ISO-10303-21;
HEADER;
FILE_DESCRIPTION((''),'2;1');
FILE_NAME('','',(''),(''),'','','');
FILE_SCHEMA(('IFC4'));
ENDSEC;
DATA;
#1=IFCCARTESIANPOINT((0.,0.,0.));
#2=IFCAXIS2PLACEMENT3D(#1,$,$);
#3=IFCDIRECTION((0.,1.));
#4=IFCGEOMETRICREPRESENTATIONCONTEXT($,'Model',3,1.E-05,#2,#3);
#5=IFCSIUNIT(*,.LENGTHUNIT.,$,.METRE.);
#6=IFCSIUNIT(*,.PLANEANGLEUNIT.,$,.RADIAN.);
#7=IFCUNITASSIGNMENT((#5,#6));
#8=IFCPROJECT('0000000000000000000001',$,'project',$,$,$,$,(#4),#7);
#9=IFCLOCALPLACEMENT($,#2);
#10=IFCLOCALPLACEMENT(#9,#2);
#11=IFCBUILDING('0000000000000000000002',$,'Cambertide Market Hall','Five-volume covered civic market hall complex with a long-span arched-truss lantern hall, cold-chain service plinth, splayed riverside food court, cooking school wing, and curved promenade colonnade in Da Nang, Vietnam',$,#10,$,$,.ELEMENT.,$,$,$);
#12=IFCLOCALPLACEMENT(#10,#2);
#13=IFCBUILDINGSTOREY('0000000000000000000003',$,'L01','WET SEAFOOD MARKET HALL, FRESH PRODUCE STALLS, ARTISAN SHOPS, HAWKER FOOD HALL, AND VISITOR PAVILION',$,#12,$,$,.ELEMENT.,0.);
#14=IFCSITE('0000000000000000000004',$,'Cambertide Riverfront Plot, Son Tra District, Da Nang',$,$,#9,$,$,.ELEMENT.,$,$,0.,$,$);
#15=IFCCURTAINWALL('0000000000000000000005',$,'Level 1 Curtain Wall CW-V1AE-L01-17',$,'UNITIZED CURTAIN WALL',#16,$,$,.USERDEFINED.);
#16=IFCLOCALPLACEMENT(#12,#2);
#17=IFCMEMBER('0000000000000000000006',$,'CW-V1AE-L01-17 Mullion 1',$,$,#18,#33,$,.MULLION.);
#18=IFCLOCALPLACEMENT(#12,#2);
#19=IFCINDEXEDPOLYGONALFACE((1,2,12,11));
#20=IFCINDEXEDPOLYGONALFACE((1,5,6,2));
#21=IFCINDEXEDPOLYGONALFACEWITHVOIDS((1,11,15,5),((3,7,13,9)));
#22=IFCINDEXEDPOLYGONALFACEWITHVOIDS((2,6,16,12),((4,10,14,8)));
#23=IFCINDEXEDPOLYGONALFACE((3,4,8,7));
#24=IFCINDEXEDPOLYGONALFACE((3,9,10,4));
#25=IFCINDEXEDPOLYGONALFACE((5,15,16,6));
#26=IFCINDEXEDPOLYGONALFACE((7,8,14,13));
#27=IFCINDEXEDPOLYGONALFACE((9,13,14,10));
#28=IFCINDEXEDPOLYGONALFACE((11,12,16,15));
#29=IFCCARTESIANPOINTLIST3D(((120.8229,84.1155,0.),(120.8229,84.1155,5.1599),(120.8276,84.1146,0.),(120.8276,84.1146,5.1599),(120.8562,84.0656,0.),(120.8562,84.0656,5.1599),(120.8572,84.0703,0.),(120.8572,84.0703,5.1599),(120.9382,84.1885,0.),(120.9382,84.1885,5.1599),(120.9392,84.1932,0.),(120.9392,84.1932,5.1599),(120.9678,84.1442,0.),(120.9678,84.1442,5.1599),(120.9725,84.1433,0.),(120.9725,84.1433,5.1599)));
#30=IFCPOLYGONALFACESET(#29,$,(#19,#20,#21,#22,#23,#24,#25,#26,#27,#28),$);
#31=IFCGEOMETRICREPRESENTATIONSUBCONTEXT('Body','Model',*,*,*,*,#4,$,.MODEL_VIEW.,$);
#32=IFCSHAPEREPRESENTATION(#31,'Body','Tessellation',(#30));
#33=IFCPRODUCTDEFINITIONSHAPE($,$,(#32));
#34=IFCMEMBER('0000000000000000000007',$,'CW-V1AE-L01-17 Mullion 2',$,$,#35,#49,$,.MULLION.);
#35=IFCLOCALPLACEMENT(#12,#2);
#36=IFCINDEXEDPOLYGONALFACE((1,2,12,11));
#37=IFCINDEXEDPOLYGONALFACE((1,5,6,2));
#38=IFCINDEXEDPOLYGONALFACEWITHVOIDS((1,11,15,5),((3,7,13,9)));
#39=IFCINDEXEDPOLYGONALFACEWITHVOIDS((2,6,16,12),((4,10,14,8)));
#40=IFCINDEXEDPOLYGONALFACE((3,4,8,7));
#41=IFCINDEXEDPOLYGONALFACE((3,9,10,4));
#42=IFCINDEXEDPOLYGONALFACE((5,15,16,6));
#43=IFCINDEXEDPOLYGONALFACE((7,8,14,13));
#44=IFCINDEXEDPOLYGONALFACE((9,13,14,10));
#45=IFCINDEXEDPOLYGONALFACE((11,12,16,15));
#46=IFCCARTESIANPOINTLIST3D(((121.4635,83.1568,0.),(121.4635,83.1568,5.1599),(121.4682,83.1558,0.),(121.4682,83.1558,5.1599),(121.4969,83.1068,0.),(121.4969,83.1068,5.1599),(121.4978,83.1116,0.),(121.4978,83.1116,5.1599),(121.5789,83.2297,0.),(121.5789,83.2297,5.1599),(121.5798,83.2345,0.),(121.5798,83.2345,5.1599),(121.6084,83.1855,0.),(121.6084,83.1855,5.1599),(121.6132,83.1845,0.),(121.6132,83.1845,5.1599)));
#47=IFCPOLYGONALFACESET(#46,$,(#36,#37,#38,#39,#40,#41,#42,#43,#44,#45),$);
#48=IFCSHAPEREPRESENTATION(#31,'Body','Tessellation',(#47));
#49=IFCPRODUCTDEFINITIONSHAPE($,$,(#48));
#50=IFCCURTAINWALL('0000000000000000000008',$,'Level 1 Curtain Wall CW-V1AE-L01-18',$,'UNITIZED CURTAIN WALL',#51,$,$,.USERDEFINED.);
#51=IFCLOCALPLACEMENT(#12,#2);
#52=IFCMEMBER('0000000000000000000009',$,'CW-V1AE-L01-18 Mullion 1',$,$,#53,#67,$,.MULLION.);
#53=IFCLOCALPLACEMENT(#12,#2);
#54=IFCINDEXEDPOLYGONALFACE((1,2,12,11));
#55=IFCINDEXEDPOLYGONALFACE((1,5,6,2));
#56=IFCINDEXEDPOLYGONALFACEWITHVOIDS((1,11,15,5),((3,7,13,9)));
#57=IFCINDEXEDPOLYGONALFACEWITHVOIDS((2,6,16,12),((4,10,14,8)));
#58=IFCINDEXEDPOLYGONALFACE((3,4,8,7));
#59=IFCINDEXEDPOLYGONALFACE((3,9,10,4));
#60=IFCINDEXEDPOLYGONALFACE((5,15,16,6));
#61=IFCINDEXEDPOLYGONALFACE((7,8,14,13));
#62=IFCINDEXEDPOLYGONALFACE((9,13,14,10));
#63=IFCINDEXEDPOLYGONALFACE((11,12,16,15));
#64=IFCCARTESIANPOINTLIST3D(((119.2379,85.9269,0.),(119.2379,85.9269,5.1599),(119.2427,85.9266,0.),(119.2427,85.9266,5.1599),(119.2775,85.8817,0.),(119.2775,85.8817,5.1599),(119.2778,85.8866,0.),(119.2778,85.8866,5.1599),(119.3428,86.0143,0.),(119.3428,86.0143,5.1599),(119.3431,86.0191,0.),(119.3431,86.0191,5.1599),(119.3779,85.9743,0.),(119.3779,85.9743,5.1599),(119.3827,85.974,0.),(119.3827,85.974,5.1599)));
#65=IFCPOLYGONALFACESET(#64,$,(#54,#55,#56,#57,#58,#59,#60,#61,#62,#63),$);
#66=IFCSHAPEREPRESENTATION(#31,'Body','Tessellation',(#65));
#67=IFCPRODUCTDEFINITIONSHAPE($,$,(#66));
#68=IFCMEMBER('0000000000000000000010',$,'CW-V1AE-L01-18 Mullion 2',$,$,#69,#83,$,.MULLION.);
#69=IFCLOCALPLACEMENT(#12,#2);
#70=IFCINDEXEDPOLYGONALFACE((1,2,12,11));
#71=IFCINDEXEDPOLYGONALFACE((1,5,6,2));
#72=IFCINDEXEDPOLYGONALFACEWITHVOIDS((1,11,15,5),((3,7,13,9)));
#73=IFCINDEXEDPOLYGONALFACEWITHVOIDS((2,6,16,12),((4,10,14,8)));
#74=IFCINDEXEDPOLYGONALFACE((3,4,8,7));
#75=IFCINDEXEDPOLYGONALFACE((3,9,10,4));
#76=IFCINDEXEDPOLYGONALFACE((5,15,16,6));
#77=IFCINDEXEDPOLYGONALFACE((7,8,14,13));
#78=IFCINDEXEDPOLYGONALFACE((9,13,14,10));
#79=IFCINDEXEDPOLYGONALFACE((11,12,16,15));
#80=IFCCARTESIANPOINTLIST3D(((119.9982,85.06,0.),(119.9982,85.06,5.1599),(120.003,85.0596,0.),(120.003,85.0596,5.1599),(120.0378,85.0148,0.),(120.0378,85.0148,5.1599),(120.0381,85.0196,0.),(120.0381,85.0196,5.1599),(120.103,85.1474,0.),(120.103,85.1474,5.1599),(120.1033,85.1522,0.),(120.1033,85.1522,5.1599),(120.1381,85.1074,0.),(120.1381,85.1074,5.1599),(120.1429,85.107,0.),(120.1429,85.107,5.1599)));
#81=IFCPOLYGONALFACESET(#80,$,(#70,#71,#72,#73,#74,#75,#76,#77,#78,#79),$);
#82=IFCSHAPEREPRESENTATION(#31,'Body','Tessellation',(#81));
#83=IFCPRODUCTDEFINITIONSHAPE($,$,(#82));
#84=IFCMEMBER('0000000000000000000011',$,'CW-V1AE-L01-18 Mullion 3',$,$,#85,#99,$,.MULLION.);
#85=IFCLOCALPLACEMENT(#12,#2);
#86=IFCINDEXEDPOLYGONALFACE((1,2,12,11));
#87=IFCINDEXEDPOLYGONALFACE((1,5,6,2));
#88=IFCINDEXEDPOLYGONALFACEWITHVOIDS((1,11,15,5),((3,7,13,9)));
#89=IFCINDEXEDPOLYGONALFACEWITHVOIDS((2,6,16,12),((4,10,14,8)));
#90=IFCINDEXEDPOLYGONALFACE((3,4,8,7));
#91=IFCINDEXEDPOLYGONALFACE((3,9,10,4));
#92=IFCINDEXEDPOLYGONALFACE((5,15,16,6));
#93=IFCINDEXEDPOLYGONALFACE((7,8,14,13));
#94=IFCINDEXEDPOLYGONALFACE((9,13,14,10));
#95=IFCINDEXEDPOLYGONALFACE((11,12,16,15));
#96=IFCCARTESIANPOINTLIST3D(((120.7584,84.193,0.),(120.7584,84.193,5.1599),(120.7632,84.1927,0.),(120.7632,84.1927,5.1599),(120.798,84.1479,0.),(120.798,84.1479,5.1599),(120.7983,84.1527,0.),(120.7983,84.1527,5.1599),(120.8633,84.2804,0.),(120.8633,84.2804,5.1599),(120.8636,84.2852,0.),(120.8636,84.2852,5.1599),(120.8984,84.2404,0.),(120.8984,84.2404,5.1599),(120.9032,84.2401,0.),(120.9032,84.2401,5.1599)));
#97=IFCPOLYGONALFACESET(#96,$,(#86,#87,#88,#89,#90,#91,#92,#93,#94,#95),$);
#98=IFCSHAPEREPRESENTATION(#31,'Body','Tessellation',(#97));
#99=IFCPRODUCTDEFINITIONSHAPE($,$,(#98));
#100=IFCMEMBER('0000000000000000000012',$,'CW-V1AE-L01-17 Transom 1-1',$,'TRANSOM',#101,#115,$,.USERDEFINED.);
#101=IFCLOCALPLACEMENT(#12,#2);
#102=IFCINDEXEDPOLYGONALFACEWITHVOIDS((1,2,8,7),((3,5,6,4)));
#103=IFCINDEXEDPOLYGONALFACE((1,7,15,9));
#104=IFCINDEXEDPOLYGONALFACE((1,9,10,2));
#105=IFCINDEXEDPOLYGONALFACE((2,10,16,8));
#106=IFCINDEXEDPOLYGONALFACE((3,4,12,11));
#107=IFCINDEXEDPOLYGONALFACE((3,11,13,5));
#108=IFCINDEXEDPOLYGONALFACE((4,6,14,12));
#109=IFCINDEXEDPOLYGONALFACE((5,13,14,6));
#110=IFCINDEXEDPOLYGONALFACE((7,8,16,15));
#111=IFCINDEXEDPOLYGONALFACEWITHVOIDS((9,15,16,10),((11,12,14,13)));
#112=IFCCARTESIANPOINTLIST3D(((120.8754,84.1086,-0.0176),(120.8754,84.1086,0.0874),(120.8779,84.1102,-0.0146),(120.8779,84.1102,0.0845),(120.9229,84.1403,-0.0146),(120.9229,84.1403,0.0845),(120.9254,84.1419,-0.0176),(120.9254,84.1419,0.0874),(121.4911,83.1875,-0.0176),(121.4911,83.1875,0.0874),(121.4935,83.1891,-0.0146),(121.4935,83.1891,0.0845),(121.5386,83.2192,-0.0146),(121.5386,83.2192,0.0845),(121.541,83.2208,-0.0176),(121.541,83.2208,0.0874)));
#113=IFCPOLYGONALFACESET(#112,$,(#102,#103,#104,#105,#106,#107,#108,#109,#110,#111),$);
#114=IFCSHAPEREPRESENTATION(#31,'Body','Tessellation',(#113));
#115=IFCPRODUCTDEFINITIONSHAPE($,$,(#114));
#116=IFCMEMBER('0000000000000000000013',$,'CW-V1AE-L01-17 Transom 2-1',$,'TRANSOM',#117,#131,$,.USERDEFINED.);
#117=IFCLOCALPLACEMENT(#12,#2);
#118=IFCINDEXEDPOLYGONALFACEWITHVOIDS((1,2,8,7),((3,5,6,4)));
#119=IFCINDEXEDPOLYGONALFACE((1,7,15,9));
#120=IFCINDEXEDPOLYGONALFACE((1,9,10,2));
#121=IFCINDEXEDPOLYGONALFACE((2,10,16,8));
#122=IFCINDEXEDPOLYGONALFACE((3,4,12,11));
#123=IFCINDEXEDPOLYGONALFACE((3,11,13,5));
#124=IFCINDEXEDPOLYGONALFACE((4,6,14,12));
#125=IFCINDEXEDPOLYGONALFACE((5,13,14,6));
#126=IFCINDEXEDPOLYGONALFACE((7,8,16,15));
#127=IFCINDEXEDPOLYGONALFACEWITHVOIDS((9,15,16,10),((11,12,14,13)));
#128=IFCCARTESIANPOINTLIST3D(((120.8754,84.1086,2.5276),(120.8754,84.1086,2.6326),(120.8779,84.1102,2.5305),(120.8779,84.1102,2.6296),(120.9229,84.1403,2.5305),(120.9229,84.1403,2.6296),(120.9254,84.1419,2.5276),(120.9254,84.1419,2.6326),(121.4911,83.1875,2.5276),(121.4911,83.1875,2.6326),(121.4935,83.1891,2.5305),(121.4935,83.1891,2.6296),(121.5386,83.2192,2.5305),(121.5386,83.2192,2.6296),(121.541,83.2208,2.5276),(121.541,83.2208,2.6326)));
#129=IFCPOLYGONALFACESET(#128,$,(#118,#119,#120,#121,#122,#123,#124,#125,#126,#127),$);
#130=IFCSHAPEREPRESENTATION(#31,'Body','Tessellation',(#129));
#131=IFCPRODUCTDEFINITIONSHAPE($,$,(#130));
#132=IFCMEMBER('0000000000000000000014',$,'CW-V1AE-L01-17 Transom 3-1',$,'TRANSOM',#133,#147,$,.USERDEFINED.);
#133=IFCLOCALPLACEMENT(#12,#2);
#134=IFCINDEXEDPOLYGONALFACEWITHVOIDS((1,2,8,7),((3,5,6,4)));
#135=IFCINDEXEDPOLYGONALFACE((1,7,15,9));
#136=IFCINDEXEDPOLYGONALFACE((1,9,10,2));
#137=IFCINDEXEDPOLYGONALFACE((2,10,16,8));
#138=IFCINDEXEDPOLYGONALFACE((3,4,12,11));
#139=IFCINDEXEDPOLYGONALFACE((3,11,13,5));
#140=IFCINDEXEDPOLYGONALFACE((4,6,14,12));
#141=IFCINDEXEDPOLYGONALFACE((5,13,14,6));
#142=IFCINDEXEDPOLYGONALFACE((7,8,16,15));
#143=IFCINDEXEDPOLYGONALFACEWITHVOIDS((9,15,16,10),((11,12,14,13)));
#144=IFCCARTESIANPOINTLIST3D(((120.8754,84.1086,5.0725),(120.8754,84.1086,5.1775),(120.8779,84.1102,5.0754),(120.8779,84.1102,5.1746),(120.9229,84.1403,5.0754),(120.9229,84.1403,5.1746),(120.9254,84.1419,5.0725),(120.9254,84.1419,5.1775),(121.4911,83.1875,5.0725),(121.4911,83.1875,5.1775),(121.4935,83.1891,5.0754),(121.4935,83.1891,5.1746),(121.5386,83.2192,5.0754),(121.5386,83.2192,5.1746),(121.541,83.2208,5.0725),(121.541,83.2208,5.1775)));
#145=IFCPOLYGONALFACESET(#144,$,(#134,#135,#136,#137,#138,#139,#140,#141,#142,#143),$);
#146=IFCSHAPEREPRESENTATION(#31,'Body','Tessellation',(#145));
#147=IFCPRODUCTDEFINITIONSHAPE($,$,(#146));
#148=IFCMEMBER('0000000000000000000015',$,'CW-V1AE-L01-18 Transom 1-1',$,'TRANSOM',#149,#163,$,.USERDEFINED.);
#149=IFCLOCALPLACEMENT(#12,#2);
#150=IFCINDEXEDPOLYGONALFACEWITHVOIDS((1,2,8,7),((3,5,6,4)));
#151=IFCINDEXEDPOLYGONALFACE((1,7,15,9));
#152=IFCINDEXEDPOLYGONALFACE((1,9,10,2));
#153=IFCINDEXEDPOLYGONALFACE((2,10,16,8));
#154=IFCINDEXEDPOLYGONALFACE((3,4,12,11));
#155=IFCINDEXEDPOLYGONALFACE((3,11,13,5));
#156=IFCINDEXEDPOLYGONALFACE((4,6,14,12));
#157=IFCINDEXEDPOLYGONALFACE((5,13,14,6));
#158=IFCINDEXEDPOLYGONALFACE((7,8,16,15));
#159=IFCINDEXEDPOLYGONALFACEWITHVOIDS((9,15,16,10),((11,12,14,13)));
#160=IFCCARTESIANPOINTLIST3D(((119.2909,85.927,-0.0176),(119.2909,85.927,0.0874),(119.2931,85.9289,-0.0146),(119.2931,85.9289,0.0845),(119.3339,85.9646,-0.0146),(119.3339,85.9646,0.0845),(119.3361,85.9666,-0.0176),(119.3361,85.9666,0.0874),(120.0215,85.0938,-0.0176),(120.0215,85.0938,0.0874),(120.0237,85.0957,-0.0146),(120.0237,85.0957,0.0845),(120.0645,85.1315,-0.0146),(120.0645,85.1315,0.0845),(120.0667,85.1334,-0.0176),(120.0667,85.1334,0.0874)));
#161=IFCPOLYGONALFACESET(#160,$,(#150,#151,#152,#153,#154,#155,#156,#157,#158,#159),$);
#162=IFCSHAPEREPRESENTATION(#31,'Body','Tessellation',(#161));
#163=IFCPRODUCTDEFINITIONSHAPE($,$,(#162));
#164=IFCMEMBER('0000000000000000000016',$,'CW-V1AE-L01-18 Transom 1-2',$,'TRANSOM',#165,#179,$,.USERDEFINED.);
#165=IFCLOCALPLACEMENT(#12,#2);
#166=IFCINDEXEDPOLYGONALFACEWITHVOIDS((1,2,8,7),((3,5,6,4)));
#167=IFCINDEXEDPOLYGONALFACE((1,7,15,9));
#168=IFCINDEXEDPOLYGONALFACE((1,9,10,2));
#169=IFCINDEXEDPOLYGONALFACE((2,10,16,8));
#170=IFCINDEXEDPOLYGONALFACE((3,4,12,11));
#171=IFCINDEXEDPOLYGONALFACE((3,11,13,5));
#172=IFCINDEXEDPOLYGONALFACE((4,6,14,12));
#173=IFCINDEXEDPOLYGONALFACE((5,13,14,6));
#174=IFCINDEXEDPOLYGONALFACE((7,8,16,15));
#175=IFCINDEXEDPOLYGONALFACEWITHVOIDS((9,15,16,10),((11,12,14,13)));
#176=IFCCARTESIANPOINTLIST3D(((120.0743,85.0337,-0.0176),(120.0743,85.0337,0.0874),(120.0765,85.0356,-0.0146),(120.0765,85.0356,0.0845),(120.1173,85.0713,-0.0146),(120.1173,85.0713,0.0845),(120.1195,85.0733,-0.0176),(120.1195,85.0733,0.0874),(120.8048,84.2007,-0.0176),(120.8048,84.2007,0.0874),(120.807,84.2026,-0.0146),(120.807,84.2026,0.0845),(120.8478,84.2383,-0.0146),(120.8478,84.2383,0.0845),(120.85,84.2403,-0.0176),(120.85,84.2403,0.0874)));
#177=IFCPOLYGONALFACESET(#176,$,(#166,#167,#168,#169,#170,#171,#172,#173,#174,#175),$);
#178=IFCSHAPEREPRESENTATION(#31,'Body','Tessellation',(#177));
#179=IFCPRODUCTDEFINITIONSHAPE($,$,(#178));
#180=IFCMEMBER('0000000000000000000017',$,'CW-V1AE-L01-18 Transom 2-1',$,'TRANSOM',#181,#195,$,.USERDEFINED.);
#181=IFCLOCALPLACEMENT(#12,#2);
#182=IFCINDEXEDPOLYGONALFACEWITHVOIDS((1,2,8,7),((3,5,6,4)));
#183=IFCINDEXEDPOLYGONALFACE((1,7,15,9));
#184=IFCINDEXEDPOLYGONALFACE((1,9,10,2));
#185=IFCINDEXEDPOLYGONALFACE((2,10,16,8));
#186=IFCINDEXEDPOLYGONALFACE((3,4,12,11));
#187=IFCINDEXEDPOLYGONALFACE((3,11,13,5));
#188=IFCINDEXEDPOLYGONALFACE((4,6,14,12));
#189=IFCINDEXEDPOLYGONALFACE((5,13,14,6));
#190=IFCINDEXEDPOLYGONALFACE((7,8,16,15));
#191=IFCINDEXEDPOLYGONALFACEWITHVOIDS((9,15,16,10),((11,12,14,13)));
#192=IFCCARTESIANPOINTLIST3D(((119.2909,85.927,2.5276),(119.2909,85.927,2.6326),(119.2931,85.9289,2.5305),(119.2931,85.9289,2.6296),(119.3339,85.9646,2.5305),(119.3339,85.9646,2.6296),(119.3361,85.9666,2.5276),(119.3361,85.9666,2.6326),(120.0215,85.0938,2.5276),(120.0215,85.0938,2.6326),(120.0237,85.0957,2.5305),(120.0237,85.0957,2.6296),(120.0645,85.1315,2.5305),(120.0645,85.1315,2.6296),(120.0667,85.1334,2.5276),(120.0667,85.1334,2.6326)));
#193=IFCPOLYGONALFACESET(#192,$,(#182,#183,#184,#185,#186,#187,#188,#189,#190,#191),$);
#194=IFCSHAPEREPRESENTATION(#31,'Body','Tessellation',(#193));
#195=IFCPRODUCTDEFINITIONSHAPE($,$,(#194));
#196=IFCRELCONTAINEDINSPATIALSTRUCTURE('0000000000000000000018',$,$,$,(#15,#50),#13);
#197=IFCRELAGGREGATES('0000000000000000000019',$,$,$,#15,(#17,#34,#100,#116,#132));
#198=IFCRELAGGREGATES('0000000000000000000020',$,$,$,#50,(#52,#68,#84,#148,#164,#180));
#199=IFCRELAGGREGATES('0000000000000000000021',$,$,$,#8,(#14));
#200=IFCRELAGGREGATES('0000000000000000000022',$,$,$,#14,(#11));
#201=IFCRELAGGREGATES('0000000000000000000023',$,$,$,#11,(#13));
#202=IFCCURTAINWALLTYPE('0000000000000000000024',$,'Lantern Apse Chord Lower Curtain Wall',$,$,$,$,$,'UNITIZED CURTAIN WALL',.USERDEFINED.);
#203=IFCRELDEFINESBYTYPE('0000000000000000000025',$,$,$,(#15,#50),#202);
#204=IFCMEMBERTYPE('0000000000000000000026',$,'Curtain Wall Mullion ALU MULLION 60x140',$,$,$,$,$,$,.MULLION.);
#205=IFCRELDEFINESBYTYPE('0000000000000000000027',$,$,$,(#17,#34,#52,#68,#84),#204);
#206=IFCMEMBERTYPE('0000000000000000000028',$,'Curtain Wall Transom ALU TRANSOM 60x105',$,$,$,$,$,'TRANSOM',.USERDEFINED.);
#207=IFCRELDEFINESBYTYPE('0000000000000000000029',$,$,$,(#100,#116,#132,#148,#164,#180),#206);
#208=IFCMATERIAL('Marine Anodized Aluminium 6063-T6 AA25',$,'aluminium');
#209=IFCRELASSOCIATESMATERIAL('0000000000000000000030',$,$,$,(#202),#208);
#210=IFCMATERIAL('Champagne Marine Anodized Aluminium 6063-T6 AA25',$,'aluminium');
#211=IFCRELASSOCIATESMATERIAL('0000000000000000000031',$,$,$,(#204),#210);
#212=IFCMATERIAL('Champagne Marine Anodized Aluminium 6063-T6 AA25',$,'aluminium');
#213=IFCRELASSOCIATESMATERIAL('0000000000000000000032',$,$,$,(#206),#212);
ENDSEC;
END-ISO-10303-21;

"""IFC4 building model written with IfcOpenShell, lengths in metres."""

from ifc_helpers import new_model, si_unit, direction, frame, origin, origin_2d, place, context, subcontext, project, spatial, hollow_rectangle, extrude, material, material_profile, profile_set, type_object, element, aggregate, save


model = new_model("IFC4")

# Units and contexts
model_context = context("Model", 3, precision=1e-05, world=origin(), true_north=direction((0.0, 1.0)))
body_context = subcontext(model_context, "Body", "Model", "MODEL_VIEW")
ifc_project = project(units=[si_unit("LENGTHUNIT", "METRE"), si_unit("PLANEANGLEUNIT", "RADIAN")], contexts=[model_context])

# Site, building, storey
site_placement = place(None, origin())
site = spatial("IfcSite", under=ifc_project, at=site_placement, Name="Cambertide Riverfront Plot, Son Tra District, Da Nang", CompositionType="ELEMENT", RefElevation=0.0)
building_placement = place(site_placement, origin())
building = spatial("IfcBuilding", under=site, at=building_placement, Name="Cambertide Market Hall", Description="Five-volume covered civic market hall complex with a long-span arched-truss lantern hall, cold-chain service plinth, splayed riverside food court, cooking school wing, and curved promenade colonnade in Da Nang, Vietnam", CompositionType="ELEMENT")
storey_placement = place(building_placement, origin())
storey = spatial("IfcBuildingStorey", under=building, at=storey_placement, Name="L01", Description="WET SEAFOOD MARKET HALL, FRESH PRODUCE STALLS, ARTISAN SHOPS, HAWKER FOOD HALL, AND VISITOR PAVILION", CompositionType="ELEMENT", Elevation=0.0)

# Curtain walls, members
ifc_material_1 = material(Name="Marine Anodized Aluminium 6063-T6 AA25", Category="aluminium")
curtain_wall_type = type_object("IfcCurtainWallType", Name="Lantern Apse Chord Lower Curtain Wall", ElementType="UNITIZED CURTAIN WALL", PredefinedType="USERDEFINED", material=ifc_material_1)
curtain_wall_1_placement = place(storey_placement, origin())
curtain_wall_1 = element("IfcCurtainWall", 1, at=curtain_wall_1_placement, inside=storey, type_object=curtain_wall_type, Name="Level 1 Curtain Wall CW-V1AE-L01-17", ObjectType="UNITIZED CURTAIN WALL", PredefinedType="USERDEFINED")
ifc_material_2 = material(Name="Champagne Marine Anodized Aluminium 6063-T6 AA25", Category="aluminium")
ifc_material_profile_1 = material_profile(ifc_material_2, hollow_rectangle(XDim=0.0601, YDim=0.1399, WallThickness=0.0034, at=origin_2d()), Name="ALU MULLION 60x140")
ifc_profile_set_1 = profile_set([ifc_material_profile_1], Name="Champagne Marine Anodized Aluminium 6063-T6 AA25")
member_type_1 = type_object("IfcMemberType", Name="Curtain Wall Mullion ALU MULLION 60x140", PredefinedType="MULLION", material=ifc_profile_set_1)
member_1_placement = place(storey_placement, frame((120.8977, 84.1294, 0.0), z_axis=(0.0, 0.0, 1.0), x_axis=(0.55557, -0.83147, 0.0)))
member_1 = element("IfcMember", 2, at=member_1_placement, type_object=member_type_1, Name="CW-V1AE-L01-17 Mullion 1", PredefinedType="MULLION", context=body_context, shape_type="SweptSolid", body=[
    extrude(hollow_rectangle(XDim=0.0601, YDim=0.1399, WallThickness=0.0034, at=origin_2d()), origin(), (0.0, 0.0, 1.0), 5.1599),
])
member_2_placement = place(storey_placement, frame((121.5383, 83.1707, 0.0), z_axis=(0.0, 0.0, 1.0), x_axis=(0.55557, -0.83147, 0.0)))
member_2 = element("IfcMember", 3, at=member_2_placement, type_object=member_type_1, Name="CW-V1AE-L01-17 Mullion 2", PredefinedType="MULLION", context=body_context, shape_type="SweptSolid", body=[
    extrude(hollow_rectangle(XDim=0.0601, YDim=0.1399, WallThickness=0.0034, at=origin_2d()), origin(), (0.0, 0.0, 1.0), 5.1599),
])
curtain_wall_2_placement = place(storey_placement, origin())
curtain_wall_2 = element("IfcCurtainWall", 4, at=curtain_wall_2_placement, inside=storey, type_object=curtain_wall_type, Name="Level 1 Curtain Wall CW-V1AE-L01-18", ObjectType="UNITIZED CURTAIN WALL", PredefinedType="USERDEFINED")
member_3_placement = place(storey_placement, frame((119.3103, 85.9504, 0.0), z_axis=(0.0, 0.0, 1.0), x_axis=(0.659346, -0.75184, 0.0)))
member_3 = element("IfcMember", 5, at=member_3_placement, type_object=member_type_1, Name="CW-V1AE-L01-18 Mullion 1", PredefinedType="MULLION", context=body_context, shape_type="SweptSolid", body=[
    extrude(hollow_rectangle(XDim=0.0601, YDim=0.1399, WallThickness=0.0034, at=origin_2d()), origin(), (0.0, 0.0, 1.0), 5.1599),
])
member_4_placement = place(storey_placement, frame((120.0706, 85.0835, 0.0), z_axis=(0.0, 0.0, 1.0), x_axis=(0.659346, -0.75184, 0.0)))
member_4 = element("IfcMember", 6, at=member_4_placement, type_object=member_type_1, Name="CW-V1AE-L01-18 Mullion 2", PredefinedType="MULLION", context=body_context, shape_type="SweptSolid", body=[
    extrude(hollow_rectangle(XDim=0.0601, YDim=0.1399, WallThickness=0.0034, at=origin_2d()), origin(), (0.0, 0.0, 1.0), 5.1599),
])
member_5_placement = place(storey_placement, frame((120.8308, 84.2166, 0.0), z_axis=(0.0, 0.0, 1.0), x_axis=(0.659346, -0.75184, 0.0)))
member_5 = element("IfcMember", 7, at=member_5_placement, type_object=member_type_1, Name="CW-V1AE-L01-18 Mullion 3", PredefinedType="MULLION", context=body_context, shape_type="SweptSolid", body=[
    extrude(hollow_rectangle(XDim=0.0601, YDim=0.1399, WallThickness=0.0034, at=origin_2d()), origin(), (0.0, 0.0, 1.0), 5.1599),
])

# Members
ifc_material_3 = material(Name="Champagne Marine Anodized Aluminium 6063-T6 AA25", Category="aluminium")
ifc_material_profile_2 = material_profile(ifc_material_3, hollow_rectangle(XDim=0.0601, YDim=0.105, WallThickness=0.0029, at=origin_2d()), Name="ALU TRANSOM 60x105")
ifc_profile_set_2 = profile_set([ifc_material_profile_2], Name="Champagne Marine Anodized Aluminium 6063-T6 AA25")
member_type_2 = type_object("IfcMemberType", Name="Curtain Wall Transom ALU TRANSOM 60x105", ElementType="TRANSOM", PredefinedType="USERDEFINED", material=ifc_profile_set_2)
member_6_placement = place(storey_placement, frame((120.9004, 84.1252, 0.0349), z_axis=(0.555717, -0.831372, 0.0), x_axis=(0.831372, 0.555717, 0.0)))
member_6 = element("IfcMember", 8, at=member_6_placement, type_object=member_type_2, Name="CW-V1AE-L01-17 Transom 1-1", ObjectType="TRANSOM", PredefinedType="USERDEFINED", context=body_context, shape_type="SweptSolid", body=[
    extrude(hollow_rectangle(XDim=0.0601, YDim=0.105, WallThickness=0.0029, at=origin_2d()), origin(), (0.0, 0.0, 1.0), 1.1079),
])
member_7_placement = place(storey_placement, frame((120.9004, 84.1252, 2.5801), z_axis=(0.555717, -0.831372, 0.0), x_axis=(0.831372, 0.555717, 0.0)))
member_7 = element("IfcMember", 9, at=member_7_placement, type_object=member_type_2, Name="CW-V1AE-L01-17 Transom 2-1", ObjectType="TRANSOM", PredefinedType="USERDEFINED", context=body_context, shape_type="SweptSolid", body=[
    extrude(hollow_rectangle(XDim=0.0601, YDim=0.105, WallThickness=0.0029, at=origin_2d()), origin(), (0.0, 0.0, 1.0), 1.1079),
])
member_8_placement = place(storey_placement, frame((120.9004, 84.1252, 5.125), z_axis=(0.555717, -0.831372, 0.0), x_axis=(0.831372, 0.555717, 0.0)))
member_8 = element("IfcMember", 10, at=member_8_placement, type_object=member_type_2, Name="CW-V1AE-L01-17 Transom 3-1", ObjectType="TRANSOM", PredefinedType="USERDEFINED", context=body_context, shape_type="SweptSolid", body=[
    extrude(hollow_rectangle(XDim=0.0601, YDim=0.105, WallThickness=0.0029, at=origin_2d()), origin(), (0.0, 0.0, 1.0), 1.1079),
])
member_9_placement = place(storey_placement, frame((119.3135, 85.9468, 0.0349), z_axis=(0.659331, -0.751853, 0.0), x_axis=(0.751853, 0.659331, 0.0)))
member_9 = element("IfcMember", 11, at=member_9_placement, type_object=member_type_2, Name="CW-V1AE-L01-18 Transom 1-1", ObjectType="TRANSOM", PredefinedType="USERDEFINED", context=body_context, shape_type="SweptSolid", body=[
    extrude(hollow_rectangle(XDim=0.0601, YDim=0.105, WallThickness=0.0029, at=origin_2d()), origin(), (0.0, 0.0, 1.0), 1.1082),
])
member_10_placement = place(storey_placement, frame((120.0969, 85.0535, 0.0349), z_axis=(0.659315, -0.751866, 0.0), x_axis=(0.751866, 0.659315, 0.0)))
member_10 = element("IfcMember", 12, at=member_10_placement, type_object=member_type_2, Name="CW-V1AE-L01-18 Transom 1-2", ObjectType="TRANSOM", PredefinedType="USERDEFINED", context=body_context, shape_type="SweptSolid", body=[
    extrude(hollow_rectangle(XDim=0.0601, YDim=0.105, WallThickness=0.0029, at=origin_2d()), origin(), (0.0, 0.0, 1.0), 1.1079),
])
member_11_placement = place(storey_placement, frame((119.3135, 85.9468, 2.5801), z_axis=(0.659331, -0.751853, 0.0), x_axis=(0.751853, 0.659331, 0.0)))
member_11 = element("IfcMember", 13, at=member_11_placement, type_object=member_type_2, Name="CW-V1AE-L01-18 Transom 2-1", ObjectType="TRANSOM", PredefinedType="USERDEFINED", context=body_context, shape_type="SweptSolid", body=[
    extrude(hollow_rectangle(XDim=0.0601, YDim=0.105, WallThickness=0.0029, at=origin_2d()), origin(), (0.0, 0.0, 1.0), 1.1082),
])

aggregate(curtain_wall_1, [member_1, member_2, member_6, member_7, member_8])
aggregate(curtain_wall_2, [member_3, member_4, member_5, member_9, member_10, member_11])

save(model, "model.ifc")
